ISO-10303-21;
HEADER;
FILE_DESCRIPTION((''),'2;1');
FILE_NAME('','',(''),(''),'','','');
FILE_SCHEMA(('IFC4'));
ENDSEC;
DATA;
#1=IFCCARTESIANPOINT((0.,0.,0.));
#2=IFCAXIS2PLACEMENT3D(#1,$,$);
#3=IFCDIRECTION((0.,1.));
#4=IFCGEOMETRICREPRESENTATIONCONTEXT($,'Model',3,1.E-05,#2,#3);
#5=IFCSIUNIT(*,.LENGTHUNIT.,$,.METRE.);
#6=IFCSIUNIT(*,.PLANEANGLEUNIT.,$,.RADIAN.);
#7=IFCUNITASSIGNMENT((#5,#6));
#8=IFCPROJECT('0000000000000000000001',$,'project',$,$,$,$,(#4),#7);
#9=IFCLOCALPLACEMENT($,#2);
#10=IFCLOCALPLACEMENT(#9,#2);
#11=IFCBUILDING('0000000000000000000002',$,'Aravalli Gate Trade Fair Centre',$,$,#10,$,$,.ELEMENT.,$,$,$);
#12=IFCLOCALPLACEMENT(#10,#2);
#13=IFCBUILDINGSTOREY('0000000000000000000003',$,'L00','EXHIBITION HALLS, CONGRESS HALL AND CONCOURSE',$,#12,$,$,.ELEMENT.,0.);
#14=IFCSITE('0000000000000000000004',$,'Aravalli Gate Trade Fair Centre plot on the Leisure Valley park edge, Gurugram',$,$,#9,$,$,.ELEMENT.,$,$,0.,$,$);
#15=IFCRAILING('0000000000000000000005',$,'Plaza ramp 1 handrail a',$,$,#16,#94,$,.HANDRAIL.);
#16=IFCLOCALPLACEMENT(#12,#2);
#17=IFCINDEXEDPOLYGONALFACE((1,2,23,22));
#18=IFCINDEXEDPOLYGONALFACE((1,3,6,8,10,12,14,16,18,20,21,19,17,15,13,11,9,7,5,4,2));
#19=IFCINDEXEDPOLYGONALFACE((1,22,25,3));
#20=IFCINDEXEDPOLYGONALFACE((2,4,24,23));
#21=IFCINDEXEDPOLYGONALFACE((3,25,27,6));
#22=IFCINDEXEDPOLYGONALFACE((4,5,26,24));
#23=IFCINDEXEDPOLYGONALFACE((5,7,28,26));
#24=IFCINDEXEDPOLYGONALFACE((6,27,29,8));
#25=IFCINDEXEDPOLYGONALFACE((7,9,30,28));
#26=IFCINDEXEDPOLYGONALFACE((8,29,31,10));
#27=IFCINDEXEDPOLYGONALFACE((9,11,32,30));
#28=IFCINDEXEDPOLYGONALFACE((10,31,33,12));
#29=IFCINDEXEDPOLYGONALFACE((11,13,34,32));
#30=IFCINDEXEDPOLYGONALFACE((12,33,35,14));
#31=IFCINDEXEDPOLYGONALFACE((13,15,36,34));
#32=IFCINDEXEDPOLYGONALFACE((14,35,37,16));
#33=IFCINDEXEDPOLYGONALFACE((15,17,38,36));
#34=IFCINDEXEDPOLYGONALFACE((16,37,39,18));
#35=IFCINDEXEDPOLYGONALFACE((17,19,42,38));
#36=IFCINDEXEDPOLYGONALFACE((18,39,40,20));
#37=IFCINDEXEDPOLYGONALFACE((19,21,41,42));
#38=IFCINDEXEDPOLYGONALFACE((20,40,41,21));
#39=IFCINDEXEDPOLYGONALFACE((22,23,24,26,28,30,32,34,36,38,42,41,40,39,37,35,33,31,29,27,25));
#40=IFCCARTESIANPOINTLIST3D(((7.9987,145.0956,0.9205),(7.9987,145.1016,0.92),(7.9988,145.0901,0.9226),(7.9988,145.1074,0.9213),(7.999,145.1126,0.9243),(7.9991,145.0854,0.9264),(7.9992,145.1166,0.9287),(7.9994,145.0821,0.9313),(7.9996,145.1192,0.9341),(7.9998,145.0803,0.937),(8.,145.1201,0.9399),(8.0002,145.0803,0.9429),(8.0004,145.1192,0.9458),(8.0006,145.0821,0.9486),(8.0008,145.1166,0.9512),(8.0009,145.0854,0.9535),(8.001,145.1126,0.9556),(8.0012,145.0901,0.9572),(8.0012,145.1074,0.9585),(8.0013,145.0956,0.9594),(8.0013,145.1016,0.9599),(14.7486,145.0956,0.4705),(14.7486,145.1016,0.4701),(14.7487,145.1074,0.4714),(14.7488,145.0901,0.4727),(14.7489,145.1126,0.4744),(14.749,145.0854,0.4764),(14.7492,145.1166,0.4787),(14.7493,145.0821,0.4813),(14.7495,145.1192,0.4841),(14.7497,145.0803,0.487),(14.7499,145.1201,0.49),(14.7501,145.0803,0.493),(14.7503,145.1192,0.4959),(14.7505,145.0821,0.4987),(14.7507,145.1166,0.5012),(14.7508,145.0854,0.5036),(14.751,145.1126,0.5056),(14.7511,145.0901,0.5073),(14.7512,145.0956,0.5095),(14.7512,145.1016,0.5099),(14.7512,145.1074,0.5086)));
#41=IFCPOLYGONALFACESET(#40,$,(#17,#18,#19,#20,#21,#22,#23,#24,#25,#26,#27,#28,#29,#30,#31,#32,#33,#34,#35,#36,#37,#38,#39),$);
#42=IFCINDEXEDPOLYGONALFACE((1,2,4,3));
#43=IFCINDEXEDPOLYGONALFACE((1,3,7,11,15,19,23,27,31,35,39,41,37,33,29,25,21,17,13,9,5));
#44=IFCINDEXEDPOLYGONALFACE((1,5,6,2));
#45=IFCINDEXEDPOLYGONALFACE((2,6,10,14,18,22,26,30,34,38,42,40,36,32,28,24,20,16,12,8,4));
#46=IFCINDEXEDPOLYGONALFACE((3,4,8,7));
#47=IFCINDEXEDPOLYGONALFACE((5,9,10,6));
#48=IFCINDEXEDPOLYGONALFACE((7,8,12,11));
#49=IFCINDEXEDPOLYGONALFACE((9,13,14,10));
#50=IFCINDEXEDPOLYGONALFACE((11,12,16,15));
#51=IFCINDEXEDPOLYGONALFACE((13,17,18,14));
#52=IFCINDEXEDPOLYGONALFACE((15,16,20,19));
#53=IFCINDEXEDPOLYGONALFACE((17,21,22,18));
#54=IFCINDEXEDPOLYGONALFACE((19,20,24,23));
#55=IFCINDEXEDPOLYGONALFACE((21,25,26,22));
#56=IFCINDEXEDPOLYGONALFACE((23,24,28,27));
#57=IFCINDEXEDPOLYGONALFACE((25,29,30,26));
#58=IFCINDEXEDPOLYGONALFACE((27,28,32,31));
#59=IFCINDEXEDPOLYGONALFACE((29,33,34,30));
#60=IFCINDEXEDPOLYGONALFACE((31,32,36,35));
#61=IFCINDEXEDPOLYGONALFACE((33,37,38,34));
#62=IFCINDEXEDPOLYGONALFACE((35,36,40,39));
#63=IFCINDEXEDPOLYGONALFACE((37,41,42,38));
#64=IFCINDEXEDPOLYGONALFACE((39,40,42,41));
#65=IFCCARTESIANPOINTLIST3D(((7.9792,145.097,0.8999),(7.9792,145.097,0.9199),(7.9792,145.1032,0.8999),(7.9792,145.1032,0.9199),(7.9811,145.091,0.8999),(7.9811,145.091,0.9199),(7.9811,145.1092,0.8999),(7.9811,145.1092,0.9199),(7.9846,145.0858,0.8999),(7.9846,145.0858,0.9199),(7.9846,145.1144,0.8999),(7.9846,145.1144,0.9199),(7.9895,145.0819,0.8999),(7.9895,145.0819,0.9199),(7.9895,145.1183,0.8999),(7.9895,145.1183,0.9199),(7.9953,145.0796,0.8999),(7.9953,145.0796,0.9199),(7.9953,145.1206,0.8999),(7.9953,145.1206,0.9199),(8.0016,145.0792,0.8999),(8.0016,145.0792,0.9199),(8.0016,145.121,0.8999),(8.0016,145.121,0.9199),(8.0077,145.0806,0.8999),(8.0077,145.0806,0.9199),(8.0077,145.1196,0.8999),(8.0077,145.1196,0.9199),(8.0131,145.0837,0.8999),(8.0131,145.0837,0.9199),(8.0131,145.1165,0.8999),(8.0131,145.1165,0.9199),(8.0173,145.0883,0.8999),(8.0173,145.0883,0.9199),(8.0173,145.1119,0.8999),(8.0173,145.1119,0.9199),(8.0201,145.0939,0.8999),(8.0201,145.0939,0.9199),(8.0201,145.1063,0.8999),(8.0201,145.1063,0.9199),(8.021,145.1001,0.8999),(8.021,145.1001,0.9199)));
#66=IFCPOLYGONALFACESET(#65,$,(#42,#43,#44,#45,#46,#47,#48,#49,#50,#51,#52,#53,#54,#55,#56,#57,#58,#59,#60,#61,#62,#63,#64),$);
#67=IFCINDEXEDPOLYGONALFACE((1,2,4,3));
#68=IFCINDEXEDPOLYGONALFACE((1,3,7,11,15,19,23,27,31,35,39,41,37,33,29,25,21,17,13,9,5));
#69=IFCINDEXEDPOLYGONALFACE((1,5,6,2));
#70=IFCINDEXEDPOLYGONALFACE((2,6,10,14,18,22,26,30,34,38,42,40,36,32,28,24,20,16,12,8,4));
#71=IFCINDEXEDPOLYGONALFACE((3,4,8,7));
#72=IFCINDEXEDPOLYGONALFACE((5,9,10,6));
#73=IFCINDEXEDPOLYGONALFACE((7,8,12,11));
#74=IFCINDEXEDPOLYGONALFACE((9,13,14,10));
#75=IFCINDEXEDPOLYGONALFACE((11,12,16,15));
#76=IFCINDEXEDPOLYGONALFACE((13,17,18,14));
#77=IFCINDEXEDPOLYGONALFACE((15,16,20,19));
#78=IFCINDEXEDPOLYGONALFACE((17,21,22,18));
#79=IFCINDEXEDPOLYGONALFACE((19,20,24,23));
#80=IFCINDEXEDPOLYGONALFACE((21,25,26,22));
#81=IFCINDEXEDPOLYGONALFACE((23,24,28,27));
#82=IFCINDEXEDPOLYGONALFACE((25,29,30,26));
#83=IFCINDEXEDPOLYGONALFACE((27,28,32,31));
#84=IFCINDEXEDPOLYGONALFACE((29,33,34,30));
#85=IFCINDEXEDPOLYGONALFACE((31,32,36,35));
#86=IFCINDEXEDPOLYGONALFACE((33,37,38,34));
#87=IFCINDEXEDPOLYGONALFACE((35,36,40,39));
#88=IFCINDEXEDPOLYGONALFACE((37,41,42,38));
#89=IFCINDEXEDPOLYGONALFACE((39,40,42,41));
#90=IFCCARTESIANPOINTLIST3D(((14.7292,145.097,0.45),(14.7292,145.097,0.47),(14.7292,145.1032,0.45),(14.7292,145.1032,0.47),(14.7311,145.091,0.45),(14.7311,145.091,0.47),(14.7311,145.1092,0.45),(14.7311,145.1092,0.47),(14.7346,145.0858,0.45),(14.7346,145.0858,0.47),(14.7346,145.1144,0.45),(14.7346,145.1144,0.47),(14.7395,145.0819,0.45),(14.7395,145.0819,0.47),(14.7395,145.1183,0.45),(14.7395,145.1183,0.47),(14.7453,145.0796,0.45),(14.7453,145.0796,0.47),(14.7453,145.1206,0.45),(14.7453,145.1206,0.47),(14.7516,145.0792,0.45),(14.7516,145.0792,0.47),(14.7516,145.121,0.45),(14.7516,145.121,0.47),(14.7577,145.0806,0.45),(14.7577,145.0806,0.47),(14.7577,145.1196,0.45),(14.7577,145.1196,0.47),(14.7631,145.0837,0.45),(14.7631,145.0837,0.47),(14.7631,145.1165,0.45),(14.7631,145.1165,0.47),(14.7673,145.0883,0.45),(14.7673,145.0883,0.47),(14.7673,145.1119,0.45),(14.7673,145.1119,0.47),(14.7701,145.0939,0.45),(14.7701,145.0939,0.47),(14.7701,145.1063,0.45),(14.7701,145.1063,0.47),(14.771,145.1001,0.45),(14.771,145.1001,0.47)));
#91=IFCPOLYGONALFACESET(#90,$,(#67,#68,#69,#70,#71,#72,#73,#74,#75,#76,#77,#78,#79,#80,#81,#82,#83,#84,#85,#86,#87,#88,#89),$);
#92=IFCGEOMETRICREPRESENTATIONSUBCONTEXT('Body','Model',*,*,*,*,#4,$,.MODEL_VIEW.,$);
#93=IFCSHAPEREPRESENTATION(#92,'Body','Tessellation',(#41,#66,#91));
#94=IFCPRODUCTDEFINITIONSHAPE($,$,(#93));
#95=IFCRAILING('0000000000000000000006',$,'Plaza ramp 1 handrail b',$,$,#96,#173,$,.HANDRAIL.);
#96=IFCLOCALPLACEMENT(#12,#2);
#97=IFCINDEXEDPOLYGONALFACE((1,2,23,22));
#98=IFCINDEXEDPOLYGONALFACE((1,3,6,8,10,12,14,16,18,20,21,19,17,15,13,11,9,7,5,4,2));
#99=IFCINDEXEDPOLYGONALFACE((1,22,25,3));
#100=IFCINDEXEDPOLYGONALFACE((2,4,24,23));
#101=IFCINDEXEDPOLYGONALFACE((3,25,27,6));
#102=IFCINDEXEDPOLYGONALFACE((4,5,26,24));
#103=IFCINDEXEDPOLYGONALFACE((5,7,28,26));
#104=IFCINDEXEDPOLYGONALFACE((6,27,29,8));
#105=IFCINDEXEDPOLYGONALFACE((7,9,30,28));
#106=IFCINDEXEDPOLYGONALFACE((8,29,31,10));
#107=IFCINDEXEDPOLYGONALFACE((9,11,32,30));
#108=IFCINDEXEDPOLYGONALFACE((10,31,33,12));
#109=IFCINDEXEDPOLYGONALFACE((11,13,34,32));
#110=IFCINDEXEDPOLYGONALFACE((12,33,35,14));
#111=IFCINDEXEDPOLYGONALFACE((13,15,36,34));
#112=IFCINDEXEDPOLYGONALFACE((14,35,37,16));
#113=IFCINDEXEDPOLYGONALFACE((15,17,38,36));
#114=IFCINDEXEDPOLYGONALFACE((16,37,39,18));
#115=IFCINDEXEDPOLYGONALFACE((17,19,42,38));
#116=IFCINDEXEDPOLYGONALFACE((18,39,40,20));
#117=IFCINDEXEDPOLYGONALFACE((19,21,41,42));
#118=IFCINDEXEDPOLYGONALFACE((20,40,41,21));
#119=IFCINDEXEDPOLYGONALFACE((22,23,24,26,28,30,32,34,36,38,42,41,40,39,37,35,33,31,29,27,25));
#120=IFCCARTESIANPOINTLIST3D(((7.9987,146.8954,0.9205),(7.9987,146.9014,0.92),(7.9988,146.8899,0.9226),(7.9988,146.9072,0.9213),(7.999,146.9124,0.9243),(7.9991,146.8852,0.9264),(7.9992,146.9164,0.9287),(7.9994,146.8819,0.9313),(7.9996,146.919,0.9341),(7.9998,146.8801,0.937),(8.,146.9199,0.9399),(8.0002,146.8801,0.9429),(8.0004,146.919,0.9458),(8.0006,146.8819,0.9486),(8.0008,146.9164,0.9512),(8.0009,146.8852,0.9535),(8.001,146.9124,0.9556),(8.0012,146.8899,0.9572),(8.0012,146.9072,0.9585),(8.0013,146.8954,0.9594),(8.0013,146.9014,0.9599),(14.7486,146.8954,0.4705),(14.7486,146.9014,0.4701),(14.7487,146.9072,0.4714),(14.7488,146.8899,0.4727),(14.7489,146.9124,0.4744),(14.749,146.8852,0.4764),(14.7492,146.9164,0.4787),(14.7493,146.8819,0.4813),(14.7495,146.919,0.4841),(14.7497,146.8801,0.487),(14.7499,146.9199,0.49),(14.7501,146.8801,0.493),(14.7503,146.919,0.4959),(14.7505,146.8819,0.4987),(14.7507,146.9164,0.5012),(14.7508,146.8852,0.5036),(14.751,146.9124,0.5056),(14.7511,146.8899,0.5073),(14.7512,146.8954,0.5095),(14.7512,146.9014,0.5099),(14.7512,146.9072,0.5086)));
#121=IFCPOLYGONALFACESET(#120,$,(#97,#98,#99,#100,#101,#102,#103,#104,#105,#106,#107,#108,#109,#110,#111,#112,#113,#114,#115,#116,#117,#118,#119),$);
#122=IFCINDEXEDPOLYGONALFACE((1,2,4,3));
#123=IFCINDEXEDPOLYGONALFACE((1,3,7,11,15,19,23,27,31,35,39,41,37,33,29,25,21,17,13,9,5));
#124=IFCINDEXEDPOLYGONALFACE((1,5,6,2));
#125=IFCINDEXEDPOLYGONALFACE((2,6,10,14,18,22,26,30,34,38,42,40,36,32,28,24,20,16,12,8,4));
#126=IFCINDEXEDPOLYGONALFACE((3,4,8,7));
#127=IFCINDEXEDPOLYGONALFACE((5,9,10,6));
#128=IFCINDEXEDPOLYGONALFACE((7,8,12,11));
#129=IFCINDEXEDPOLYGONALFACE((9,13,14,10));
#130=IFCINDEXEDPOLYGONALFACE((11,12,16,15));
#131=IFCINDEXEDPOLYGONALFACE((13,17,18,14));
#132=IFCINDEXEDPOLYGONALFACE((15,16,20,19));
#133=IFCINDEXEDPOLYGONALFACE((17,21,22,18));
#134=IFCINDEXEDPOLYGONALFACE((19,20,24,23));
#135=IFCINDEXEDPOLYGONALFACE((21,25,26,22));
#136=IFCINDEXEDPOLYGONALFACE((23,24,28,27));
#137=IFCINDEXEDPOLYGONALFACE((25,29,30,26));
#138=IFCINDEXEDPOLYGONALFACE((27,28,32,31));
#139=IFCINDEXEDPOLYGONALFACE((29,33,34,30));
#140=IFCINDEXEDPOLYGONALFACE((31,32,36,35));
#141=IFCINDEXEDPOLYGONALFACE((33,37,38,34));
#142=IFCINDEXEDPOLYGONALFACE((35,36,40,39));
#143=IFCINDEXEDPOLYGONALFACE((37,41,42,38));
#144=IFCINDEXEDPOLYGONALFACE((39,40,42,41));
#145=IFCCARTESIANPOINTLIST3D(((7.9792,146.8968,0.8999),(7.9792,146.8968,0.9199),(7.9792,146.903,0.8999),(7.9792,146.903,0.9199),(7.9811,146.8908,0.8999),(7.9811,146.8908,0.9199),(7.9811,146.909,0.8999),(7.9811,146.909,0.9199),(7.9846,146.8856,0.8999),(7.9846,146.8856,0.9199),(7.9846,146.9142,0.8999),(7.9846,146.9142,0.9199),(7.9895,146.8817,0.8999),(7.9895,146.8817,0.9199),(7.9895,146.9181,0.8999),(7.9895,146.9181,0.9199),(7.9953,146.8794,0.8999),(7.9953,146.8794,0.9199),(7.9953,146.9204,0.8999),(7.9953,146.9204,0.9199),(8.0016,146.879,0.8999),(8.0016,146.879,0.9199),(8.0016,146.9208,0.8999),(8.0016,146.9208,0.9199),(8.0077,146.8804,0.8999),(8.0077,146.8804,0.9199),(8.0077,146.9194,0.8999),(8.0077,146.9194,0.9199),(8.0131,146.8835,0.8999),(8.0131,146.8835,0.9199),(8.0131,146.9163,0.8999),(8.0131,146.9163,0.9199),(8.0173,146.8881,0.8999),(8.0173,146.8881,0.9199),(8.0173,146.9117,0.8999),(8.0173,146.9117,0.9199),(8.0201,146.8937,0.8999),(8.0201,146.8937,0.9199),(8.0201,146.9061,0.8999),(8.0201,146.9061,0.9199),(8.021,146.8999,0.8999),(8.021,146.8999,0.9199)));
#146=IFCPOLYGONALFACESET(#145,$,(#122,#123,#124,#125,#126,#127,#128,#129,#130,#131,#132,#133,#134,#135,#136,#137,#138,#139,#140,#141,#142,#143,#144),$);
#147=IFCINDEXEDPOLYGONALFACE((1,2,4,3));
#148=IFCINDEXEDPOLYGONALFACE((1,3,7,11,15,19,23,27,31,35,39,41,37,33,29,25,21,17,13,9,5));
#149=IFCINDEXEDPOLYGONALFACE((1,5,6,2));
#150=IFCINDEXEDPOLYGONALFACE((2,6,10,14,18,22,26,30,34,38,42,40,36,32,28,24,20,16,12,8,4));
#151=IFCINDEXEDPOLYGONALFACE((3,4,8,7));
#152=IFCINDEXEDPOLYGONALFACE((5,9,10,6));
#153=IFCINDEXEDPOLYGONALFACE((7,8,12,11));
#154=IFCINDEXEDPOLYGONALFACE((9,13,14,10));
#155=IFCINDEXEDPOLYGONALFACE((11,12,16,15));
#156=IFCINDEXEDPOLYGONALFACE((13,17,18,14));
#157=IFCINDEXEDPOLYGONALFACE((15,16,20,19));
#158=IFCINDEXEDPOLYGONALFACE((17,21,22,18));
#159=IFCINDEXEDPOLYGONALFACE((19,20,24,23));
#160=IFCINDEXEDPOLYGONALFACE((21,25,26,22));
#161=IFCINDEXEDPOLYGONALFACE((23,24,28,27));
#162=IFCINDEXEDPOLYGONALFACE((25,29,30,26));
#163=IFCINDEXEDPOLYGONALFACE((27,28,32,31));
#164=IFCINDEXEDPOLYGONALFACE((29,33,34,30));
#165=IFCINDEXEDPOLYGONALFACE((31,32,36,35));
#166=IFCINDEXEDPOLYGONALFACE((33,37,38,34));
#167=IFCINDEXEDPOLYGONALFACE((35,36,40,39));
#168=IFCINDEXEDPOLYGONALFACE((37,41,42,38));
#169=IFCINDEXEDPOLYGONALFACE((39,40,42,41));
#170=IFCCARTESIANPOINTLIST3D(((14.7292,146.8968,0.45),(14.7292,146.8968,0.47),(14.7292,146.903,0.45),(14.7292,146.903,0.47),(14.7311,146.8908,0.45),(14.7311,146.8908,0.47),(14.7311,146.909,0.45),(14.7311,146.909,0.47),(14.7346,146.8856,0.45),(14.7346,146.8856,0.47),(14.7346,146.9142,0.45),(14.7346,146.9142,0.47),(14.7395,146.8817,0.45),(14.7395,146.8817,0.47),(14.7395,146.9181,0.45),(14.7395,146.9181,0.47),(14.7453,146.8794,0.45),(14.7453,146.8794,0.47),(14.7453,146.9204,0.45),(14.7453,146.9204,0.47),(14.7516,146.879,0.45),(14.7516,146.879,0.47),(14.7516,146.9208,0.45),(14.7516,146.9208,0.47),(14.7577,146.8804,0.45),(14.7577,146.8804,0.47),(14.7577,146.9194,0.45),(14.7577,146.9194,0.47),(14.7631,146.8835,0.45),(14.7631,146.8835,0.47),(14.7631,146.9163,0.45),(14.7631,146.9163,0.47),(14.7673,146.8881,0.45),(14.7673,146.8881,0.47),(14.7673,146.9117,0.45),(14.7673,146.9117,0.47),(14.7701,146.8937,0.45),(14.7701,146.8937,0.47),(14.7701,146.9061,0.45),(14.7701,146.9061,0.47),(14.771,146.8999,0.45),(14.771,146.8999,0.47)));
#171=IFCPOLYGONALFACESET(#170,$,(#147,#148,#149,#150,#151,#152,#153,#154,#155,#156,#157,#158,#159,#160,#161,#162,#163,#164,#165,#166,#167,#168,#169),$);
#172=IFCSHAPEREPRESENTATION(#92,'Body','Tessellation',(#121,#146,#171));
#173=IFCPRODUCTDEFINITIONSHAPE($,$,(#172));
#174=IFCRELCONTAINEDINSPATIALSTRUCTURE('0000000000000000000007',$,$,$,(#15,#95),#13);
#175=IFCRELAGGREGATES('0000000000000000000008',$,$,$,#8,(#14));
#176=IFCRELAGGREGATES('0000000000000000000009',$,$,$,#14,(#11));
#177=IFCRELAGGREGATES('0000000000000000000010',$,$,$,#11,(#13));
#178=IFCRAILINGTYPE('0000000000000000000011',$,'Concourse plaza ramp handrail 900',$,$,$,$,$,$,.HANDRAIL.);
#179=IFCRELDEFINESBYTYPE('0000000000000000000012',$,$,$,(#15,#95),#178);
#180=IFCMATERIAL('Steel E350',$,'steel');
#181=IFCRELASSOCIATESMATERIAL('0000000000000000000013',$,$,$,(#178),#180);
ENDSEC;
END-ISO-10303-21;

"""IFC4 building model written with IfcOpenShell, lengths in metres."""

from ifc_helpers import new_model, si_unit, direction, frame, origin, origin_2d, place, context, subcontext, project, spatial, circle, extrude, material, type_object, element, save


model = new_model("IFC4")

# Units and contexts
model_context = context("Model", 3, precision=1e-05, world=origin(), true_north=direction((0.0, 1.0)))
body_context = subcontext(model_context, "Body", "Model", "MODEL_VIEW")
ifc_project = project(units=[si_unit("LENGTHUNIT", "METRE"), si_unit("PLANEANGLEUNIT", "RADIAN")], contexts=[model_context])

# Site, building, storey
site_placement = place(None, origin())
site = spatial("IfcSite", under=ifc_project, at=site_placement, Name="Aravalli Gate Trade Fair Centre plot on the Leisure Valley park edge, Gurugram", CompositionType="ELEMENT", RefElevation=0.0)
building_placement = place(site_placement, origin())
building = spatial("IfcBuilding", under=site, at=building_placement, Name="Aravalli Gate Trade Fair Centre", CompositionType="ELEMENT")
storey_placement = place(building_placement, origin())
storey = spatial("IfcBuildingStorey", under=building, at=storey_placement, Name="L00", Description="EXHIBITION HALLS, CONGRESS HALL AND CONCOURSE", CompositionType="ELEMENT", Elevation=0.0)

# Railings
ifc_material_1 = material(Name="Steel E350", Category="steel")
railing_type_1 = type_object("IfcRailingType", Name="Concourse plaza ramp handrail 900", PredefinedType="HANDRAIL", material=ifc_material_1)
for number, where, name in (
    (1, (8.0, 145.1001, 0.8999), "Plaza ramp 1 handrail a"),
    (2, (8.0, 146.8999, 0.8999), "Plaza ramp 1 handrail b"),
):
    element("IfcRailing", number, at=place(storey_placement, frame(where)), inside=storey, type_object=railing_type_1, Name=name, PredefinedType="HANDRAIL", context=body_context, shape_type="SweptSolid", body=[
        extrude(circle(Radius=0.02, at=origin_2d()), frame((0.0, 0.0, 0.04), z_axis=(0.997786, 0.0, -0.066512), x_axis=(0.0, 1.0, 0.0)), (0.0, 0.0, 1.0), 6.7649),
        extrude(circle(Radius=0.021, at=origin_2d()), origin(), (0.0, 0.0, 1.0), 0.02),
        extrude(circle(Radius=0.021, at=origin_2d()), frame((6.75, 0.0, -0.45)), (0.0, 0.0, 1.0), 0.02),
    ])

save(model, "model.ifc")
